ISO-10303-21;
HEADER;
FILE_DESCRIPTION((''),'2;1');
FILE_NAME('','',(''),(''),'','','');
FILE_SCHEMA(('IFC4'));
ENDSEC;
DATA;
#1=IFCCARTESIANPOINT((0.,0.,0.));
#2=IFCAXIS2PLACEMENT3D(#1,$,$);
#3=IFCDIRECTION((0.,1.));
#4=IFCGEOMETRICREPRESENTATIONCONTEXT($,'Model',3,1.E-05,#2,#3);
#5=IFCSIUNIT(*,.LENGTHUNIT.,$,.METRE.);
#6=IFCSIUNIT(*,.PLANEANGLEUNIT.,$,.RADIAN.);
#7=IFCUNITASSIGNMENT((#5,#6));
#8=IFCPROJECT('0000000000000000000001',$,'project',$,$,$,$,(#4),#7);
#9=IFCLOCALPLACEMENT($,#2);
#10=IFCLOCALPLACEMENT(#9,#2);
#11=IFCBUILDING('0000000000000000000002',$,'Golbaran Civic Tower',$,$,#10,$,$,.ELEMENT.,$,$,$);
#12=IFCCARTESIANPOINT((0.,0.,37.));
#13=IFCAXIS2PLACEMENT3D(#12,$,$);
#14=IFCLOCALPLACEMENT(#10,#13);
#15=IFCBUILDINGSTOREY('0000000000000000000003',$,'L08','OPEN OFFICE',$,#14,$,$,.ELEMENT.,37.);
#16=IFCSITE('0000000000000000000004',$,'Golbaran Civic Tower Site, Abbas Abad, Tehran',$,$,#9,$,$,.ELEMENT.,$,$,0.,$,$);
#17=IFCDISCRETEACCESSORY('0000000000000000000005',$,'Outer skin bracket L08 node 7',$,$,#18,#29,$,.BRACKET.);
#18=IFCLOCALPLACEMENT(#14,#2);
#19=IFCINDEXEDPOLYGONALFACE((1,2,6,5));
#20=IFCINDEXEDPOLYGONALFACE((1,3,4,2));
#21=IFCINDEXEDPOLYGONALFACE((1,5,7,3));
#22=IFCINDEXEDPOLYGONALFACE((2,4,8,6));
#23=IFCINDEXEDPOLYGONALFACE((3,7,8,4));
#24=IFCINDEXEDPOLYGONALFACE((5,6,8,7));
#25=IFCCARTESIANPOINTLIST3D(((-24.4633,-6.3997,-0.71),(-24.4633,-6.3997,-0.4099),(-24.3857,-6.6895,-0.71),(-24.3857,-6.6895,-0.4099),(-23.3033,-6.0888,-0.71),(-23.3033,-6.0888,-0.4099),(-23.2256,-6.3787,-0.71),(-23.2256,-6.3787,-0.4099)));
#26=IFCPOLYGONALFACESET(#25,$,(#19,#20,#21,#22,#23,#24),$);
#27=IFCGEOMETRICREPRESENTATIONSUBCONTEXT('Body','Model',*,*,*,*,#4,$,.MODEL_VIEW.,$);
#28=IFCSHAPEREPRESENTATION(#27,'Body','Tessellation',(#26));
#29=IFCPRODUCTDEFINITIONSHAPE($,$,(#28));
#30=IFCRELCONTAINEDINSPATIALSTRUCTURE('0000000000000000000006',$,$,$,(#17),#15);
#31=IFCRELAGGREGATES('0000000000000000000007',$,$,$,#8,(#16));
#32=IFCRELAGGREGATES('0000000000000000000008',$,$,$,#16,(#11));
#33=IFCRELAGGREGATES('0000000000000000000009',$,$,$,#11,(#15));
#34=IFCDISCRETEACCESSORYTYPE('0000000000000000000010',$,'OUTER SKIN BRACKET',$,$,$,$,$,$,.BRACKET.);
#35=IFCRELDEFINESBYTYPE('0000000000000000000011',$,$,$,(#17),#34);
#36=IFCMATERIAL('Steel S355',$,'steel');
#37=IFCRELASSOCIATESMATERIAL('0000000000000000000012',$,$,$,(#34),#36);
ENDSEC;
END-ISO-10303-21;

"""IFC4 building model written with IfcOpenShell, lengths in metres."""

from ifc_helpers import new_model, si_unit, direction, frame, origin, origin_2d, place, context, subcontext, project, spatial, rectangle, extrude, material, type_object, element, save


model = new_model("IFC4")

# Units and contexts
model_context = context("Model", 3, precision=1e-05, world=origin(), true_north=direction((0.0, 1.0)))
body_context = subcontext(model_context, "Body", "Model", "MODEL_VIEW")
ifc_project = project(units=[si_unit("LENGTHUNIT", "METRE"), si_unit("PLANEANGLEUNIT", "RADIAN")], contexts=[model_context])

# Site, building, storey
site_placement = place(None, origin())
site = spatial("IfcSite", under=ifc_project, at=site_placement, Name="Golbaran Civic Tower Site, Abbas Abad, Tehran", CompositionType="ELEMENT", RefElevation=0.0)
building_placement = place(site_placement, origin())
building = spatial("IfcBuilding", under=site, at=building_placement, Name="Golbaran Civic Tower", CompositionType="ELEMENT")
storey_placement = place(building_placement, frame((0.0, 0.0, 37.0)))
storey = spatial("IfcBuildingStorey", under=building, at=storey_placement, Name="L08", Description="OPEN OFFICE", CompositionType="ELEMENT", Elevation=37.0)

# Shared definitions
ifc_material_1 = material(Name="Steel S355", Category="steel")

# Discrete accessory
discrete_accessory_type = type_object("IfcDiscreteAccessoryType", Name="OUTER SKIN BRACKET", PredefinedType="BRACKET", material=ifc_material_1)
discrete_accessory_placement = place(storey_placement, frame((-23.8445, -6.3892, -0.71), z_axis=(0.0, 0.0, 1.0), x_axis=(-0.965926, -0.258819, 0.0)))
element("IfcDiscreteAccessory", 1, at=discrete_accessory_placement, inside=storey, type_object=discrete_accessory_type, Name="Outer skin bracket L08 node 7", PredefinedType="BRACKET", context=body_context, shape_type="SweptSolid", body=[
    extrude(rectangle(XDim=1.2009, YDim=0.3, at=origin_2d()), origin(), (0.0, 0.0, 1.0), 0.3),
])

save(model, "model.ifc")
